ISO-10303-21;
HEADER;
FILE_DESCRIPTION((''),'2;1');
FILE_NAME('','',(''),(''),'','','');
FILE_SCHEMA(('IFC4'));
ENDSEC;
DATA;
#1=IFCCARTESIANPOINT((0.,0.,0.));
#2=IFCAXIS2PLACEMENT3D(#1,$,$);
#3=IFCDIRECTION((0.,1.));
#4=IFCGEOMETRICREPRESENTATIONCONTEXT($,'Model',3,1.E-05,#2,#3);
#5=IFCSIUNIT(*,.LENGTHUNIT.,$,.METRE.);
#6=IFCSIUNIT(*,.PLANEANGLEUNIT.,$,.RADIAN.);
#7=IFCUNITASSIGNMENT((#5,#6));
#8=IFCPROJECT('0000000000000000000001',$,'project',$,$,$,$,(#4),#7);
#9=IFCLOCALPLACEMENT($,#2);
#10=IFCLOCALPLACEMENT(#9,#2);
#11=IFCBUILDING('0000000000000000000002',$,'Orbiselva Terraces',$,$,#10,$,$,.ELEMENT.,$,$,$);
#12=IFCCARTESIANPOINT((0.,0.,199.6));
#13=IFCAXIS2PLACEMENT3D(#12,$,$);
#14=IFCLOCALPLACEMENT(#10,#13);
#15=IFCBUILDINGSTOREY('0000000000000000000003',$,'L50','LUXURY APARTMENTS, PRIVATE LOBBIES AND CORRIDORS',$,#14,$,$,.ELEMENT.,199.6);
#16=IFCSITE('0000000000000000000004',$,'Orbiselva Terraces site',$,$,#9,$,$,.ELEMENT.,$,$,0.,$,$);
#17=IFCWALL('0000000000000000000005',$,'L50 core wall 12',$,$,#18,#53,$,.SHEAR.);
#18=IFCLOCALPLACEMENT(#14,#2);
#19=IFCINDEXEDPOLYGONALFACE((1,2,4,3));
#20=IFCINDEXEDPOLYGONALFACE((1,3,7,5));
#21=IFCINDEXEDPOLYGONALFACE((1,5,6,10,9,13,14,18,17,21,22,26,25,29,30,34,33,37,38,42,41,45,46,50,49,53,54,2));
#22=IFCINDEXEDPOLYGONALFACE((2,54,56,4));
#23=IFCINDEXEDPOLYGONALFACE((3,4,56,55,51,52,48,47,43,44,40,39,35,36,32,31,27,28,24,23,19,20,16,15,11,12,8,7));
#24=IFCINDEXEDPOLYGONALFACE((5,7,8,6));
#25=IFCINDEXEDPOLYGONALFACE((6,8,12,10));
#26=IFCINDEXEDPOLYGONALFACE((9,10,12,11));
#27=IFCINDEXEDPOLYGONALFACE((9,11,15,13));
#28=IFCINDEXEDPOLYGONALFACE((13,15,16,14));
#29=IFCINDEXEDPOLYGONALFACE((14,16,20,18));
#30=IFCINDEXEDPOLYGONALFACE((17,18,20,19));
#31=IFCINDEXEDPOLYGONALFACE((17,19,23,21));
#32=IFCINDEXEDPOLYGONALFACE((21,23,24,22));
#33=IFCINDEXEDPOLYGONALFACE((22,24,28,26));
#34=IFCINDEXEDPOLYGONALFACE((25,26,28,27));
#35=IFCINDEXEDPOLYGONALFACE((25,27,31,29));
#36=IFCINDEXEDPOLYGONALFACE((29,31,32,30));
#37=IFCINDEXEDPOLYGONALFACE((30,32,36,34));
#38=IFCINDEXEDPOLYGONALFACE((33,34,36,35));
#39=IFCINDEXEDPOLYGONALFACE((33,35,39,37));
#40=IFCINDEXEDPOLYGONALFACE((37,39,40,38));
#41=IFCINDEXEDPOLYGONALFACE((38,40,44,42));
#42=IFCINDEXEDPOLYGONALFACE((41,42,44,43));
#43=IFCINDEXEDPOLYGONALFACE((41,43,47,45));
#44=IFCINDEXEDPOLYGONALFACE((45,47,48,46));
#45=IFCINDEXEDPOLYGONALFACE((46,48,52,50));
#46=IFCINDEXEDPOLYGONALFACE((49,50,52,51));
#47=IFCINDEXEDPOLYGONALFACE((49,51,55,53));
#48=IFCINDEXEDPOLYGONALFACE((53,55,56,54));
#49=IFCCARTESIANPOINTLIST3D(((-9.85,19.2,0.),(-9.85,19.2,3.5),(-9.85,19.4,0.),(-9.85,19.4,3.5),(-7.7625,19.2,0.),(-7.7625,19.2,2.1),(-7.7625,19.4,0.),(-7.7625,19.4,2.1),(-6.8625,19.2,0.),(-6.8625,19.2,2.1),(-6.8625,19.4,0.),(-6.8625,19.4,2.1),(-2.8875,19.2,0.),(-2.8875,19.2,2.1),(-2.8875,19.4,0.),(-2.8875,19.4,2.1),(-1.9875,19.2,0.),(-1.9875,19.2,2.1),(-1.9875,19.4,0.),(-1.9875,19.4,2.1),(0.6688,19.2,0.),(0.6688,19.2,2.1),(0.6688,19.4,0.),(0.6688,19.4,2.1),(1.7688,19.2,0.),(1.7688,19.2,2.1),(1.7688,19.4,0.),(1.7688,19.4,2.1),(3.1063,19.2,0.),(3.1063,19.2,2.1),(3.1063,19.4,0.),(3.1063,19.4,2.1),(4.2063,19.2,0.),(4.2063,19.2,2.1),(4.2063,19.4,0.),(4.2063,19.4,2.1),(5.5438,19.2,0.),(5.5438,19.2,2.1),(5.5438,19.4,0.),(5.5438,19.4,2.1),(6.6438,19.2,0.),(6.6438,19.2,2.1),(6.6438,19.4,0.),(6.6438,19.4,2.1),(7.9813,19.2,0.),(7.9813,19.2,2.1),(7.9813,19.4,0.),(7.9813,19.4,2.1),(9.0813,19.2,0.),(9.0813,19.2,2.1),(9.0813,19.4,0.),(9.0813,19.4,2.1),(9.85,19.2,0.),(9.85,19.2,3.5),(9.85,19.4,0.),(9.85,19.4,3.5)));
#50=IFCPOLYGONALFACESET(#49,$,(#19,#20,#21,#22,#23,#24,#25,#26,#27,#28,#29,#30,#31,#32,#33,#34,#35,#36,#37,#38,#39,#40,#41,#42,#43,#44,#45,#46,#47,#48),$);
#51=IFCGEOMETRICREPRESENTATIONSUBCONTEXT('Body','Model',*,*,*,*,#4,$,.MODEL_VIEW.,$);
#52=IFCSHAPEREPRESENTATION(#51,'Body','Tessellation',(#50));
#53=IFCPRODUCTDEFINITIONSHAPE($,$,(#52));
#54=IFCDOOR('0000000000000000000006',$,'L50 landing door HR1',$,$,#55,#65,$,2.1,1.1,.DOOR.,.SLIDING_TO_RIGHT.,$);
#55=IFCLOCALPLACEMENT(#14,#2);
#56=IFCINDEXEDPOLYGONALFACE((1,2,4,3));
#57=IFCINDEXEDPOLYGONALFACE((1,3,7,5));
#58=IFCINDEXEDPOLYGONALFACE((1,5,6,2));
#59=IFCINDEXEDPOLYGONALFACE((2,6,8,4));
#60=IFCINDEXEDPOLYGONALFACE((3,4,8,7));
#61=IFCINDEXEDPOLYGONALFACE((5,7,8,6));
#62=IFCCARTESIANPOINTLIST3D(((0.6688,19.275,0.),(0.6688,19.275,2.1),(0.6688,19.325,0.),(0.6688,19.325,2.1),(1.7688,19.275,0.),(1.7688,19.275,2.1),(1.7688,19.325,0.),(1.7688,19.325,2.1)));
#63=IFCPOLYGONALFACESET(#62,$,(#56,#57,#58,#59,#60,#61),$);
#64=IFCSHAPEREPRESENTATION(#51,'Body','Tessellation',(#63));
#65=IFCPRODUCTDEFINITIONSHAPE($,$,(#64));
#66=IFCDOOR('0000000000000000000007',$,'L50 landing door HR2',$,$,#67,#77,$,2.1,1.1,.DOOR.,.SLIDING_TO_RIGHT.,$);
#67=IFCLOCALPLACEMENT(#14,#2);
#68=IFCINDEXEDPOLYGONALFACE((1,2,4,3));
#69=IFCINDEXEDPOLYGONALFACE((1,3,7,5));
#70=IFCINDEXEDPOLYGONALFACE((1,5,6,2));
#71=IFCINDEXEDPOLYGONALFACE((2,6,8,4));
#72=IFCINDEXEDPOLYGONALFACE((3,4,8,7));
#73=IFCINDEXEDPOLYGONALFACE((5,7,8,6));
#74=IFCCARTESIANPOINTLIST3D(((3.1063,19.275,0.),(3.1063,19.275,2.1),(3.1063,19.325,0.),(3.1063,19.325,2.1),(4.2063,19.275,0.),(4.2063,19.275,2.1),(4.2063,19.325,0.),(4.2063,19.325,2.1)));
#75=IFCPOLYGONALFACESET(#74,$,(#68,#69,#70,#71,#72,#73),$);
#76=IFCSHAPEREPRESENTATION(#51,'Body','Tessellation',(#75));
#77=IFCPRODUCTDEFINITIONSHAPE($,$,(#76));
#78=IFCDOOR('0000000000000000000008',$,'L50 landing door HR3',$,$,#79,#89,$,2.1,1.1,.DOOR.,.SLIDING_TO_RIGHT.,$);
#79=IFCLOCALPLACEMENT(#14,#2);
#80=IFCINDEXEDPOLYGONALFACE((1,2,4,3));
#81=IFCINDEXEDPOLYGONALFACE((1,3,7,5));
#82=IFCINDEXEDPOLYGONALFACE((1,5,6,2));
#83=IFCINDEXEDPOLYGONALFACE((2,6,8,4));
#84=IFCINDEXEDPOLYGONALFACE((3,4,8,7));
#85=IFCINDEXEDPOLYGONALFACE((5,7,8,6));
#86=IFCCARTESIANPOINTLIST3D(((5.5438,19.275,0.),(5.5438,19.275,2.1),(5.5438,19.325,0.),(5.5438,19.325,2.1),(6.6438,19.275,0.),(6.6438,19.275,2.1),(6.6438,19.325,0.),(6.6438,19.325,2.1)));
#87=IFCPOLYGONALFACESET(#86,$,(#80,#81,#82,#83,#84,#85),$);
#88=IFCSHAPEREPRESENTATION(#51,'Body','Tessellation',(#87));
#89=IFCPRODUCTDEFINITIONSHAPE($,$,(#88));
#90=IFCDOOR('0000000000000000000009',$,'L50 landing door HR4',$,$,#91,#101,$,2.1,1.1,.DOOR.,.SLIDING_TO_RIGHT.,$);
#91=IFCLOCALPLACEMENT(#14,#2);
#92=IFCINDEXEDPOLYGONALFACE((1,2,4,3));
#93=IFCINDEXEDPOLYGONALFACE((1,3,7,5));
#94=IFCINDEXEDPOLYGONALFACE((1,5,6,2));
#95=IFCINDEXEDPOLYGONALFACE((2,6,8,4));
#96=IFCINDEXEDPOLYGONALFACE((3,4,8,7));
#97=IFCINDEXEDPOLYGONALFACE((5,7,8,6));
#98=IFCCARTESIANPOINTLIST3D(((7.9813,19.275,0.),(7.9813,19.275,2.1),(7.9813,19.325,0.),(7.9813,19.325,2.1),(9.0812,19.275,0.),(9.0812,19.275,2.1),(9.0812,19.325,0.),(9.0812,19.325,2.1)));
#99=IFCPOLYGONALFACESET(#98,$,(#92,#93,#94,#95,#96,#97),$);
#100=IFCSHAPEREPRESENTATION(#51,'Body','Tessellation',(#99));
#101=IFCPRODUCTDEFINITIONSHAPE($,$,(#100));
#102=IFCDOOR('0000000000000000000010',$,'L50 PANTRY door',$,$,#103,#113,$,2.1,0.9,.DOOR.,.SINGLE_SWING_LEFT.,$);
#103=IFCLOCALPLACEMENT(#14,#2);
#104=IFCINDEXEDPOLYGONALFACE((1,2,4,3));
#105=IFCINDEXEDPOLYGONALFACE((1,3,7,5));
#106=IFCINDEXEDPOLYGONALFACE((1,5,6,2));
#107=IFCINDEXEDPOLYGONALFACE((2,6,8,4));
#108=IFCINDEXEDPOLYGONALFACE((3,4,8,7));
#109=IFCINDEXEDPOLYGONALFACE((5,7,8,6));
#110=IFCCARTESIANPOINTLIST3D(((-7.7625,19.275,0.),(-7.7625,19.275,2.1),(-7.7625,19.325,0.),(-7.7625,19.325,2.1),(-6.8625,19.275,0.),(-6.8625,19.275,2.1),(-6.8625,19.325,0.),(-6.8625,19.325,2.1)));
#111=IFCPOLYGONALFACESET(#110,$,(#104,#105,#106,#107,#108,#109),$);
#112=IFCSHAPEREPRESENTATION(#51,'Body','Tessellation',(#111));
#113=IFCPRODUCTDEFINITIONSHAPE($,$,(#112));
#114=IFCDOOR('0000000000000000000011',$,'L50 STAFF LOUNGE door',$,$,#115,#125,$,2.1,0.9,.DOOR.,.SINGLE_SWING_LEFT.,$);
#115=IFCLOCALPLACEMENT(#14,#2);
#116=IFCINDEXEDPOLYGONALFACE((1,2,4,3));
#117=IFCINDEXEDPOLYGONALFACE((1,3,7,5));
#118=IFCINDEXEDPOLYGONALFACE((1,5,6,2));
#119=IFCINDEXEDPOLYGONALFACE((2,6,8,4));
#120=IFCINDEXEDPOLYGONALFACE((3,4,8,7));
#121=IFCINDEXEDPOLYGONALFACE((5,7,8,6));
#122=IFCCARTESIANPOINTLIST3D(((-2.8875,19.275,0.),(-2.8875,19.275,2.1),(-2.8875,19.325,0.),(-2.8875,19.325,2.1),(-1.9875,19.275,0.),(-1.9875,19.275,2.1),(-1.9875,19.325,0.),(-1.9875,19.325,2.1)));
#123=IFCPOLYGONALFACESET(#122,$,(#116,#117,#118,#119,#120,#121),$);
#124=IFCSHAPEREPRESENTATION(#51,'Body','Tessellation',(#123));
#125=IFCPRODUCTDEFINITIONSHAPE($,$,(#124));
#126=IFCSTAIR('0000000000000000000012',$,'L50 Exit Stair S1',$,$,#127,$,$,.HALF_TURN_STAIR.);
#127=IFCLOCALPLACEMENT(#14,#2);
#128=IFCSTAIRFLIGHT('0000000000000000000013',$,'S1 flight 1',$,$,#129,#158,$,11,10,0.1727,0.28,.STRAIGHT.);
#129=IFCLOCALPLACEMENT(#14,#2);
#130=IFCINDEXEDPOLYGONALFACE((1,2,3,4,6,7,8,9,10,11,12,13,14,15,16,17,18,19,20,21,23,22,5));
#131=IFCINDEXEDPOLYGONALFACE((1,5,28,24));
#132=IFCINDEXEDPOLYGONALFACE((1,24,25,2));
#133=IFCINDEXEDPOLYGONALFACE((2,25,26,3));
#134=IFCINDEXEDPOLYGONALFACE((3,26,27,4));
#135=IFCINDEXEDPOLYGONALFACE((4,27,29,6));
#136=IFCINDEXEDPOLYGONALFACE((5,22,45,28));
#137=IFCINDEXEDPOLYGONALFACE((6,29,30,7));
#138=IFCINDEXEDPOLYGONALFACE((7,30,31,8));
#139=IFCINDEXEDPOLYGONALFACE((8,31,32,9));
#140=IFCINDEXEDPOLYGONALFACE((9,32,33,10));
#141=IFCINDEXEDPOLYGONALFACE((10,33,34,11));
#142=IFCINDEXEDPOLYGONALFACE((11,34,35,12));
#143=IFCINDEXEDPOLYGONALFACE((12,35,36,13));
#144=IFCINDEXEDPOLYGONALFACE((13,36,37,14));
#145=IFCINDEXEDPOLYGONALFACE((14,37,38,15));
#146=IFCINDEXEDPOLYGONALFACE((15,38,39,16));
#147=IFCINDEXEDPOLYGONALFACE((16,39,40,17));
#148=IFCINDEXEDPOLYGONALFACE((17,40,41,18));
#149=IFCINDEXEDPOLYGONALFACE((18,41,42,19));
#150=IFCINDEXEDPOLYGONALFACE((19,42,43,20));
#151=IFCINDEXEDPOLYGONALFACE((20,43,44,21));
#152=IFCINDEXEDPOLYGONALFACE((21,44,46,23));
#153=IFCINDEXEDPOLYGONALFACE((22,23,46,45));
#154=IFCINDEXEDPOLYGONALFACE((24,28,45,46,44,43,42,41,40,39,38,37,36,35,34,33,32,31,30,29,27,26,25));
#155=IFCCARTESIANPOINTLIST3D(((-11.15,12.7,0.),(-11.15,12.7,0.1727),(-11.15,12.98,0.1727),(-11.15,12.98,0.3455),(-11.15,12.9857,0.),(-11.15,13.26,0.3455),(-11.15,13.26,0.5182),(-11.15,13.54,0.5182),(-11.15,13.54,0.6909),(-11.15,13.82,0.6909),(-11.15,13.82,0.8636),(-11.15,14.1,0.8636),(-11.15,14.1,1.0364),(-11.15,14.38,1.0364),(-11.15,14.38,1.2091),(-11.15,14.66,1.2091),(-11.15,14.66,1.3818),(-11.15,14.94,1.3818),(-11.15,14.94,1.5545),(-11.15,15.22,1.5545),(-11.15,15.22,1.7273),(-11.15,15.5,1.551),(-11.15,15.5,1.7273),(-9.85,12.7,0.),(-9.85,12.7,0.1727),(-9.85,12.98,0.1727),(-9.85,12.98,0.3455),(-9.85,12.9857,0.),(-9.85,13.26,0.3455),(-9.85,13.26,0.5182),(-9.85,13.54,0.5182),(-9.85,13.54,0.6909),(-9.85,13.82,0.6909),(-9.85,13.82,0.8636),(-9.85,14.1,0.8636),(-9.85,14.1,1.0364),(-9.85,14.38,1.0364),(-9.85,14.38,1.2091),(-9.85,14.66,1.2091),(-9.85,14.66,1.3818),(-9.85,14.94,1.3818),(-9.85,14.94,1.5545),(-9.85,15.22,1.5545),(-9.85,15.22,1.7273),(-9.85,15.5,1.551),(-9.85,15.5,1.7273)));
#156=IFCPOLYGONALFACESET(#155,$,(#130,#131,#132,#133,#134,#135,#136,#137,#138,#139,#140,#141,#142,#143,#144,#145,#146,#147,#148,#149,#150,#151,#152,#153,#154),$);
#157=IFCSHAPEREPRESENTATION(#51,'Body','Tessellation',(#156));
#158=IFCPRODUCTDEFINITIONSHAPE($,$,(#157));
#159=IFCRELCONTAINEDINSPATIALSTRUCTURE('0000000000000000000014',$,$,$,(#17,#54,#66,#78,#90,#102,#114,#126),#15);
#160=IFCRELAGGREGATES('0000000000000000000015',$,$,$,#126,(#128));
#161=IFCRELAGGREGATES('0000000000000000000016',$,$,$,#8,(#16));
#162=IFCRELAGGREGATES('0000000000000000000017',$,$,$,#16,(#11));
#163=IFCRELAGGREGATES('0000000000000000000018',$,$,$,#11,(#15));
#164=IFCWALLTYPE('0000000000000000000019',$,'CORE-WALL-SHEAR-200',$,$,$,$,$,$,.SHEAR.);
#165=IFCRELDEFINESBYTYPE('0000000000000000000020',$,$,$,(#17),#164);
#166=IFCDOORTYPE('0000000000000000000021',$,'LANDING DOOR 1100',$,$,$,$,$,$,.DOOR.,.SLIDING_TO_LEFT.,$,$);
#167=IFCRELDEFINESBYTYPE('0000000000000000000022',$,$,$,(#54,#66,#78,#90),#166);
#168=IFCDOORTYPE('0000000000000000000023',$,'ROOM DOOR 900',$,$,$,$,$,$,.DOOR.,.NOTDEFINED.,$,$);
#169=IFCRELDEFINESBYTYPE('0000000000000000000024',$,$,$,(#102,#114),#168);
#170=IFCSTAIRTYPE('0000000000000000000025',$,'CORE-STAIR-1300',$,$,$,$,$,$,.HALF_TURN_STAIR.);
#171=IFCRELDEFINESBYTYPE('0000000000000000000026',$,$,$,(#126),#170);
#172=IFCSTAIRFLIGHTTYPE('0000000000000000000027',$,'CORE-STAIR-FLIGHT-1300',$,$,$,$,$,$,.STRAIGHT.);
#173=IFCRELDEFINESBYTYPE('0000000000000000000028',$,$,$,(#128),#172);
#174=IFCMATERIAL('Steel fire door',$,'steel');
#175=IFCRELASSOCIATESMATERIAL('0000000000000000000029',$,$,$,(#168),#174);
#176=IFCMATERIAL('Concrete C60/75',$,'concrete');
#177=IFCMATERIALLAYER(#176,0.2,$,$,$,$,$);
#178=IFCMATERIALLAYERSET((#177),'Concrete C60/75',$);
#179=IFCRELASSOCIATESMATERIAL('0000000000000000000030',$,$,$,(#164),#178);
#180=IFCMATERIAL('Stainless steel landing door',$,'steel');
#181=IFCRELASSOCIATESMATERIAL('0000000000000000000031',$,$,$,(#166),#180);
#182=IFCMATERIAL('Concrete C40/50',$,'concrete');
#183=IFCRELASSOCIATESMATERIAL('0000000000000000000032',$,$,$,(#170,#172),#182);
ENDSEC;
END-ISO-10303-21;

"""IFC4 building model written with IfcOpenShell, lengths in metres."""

from ifc_helpers import new_model, si_unit, direction, frame, frame_2d, origin, place, context, subcontext, project, spatial, polyline, rectangle, outline, extrude, material, layer, layer_set, type_object, element, fill, aggregate, save


model = new_model("IFC4")

# Units and contexts
model_context = context("Model", 3, precision=1e-05, world=origin(), true_north=direction((0.0, 1.0)))
body_context = subcontext(model_context, "Body", "Model", "MODEL_VIEW")
ifc_project = project(units=[si_unit("LENGTHUNIT", "METRE"), si_unit("PLANEANGLEUNIT", "RADIAN")], contexts=[model_context])

# Site, building, storey
site_placement = place(None, origin())
site = spatial("IfcSite", under=ifc_project, at=site_placement, Name="Orbiselva Terraces site", CompositionType="ELEMENT", RefElevation=0.0)
building_placement = place(site_placement, origin())
building = spatial("IfcBuilding", under=site, at=building_placement, Name="Orbiselva Terraces", CompositionType="ELEMENT")
storey_placement = place(building_placement, frame((0.0, 0.0, 199.6)))
storey = spatial("IfcBuildingStorey", under=building, at=storey_placement, Name="L50", Description="LUXURY APARTMENTS, PRIVATE LOBBIES AND CORRIDORS", CompositionType="ELEMENT", Elevation=199.6)

# Shared definitions
ifc_material_1 = material(Name="Steel fire door", Category="steel")
door_type_1 = type_object("IfcDoorType", Name="ROOM DOOR 900", OperationType="NOTDEFINED", PredefinedType="DOOR", material=ifc_material_1)

# Shared definitions
ifc_material_2 = material(Name="Concrete C40/50", Category="concrete")
ifc_material_3 = material(Name="Concrete C60/75", Category="concrete")
ifc_layer_1 = layer(ifc_material_3, 0.2)
ifc_layer_set_1 = layer_set([ifc_layer_1], Name="Concrete C60/75")
wall_type_1 = type_object("IfcWallType", Name="CORE-WALL-SHEAR-200", PredefinedType="SHEAR", material=ifc_layer_set_1)

# Wall, openings, doors
wall_1_placement = place(storey_placement, frame((-9.85, 19.3, 0.0), z_axis=(0.0, 0.0, 1.0), x_axis=(1.0, 0.0, 0.0)))
wall_1 = element("IfcWall", 1, at=wall_1_placement, inside=storey, type_object=wall_type_1, Name="L50 core wall 12", PredefinedType="SHEAR", context=body_context, shape_type="SweptSolid", body=[
    extrude(rectangle(XDim=19.7, YDim=0.2, at=frame_2d((9.85, 0.0))), origin(), (0.0, 0.0, 1.0), 3.5),
])
opening_1_placement = place(wall_1_placement, frame((10.5188, 0.0, 0.0)))
opening_1 = element("IfcOpeningElement", 2, at=opening_1_placement, cuts=wall_1, PredefinedType="OPENING", context=body_context, shape_type="SweptSolid", body=[
    extrude(rectangle(XDim=1.1, YDim=2.1, at=frame_2d((0.55, 1.05))), frame((0.0, 0.11, 0.0), z_axis=(0.0, -1.0, 0.0), x_axis=(1.0, 0.0, 0.0)), (0.0, 0.0, 1.0), 0.22),
])
opening_2_placement = place(wall_1_placement, frame((12.9563, 0.0, 0.0)))
opening_2 = element("IfcOpeningElement", 3, at=opening_2_placement, cuts=wall_1, PredefinedType="OPENING", context=body_context, shape_type="SweptSolid", body=[
    extrude(rectangle(XDim=1.1, YDim=2.1, at=frame_2d((0.55, 1.05))), frame((0.0, 0.11, 0.0), z_axis=(0.0, -1.0, 0.0), x_axis=(1.0, 0.0, 0.0)), (0.0, 0.0, 1.0), 0.22),
])
opening_3_placement = place(wall_1_placement, frame((15.3938, 0.0, 0.0)))
opening_3 = element("IfcOpeningElement", 4, at=opening_3_placement, cuts=wall_1, PredefinedType="OPENING", context=body_context, shape_type="SweptSolid", body=[
    extrude(rectangle(XDim=1.1, YDim=2.1, at=frame_2d((0.55, 1.05))), frame((0.0, 0.11, 0.0), z_axis=(0.0, -1.0, 0.0), x_axis=(1.0, 0.0, 0.0)), (0.0, 0.0, 1.0), 0.22),
])
opening_4_placement = place(wall_1_placement, frame((17.8313, 0.0, 0.0)))
opening_4 = element("IfcOpeningElement", 5, at=opening_4_placement, cuts=wall_1, PredefinedType="OPENING", context=body_context, shape_type="SweptSolid", body=[
    extrude(rectangle(XDim=1.1, YDim=2.1, at=frame_2d((0.55, 1.05))), frame((0.0, 0.11, 0.0), z_axis=(0.0, -1.0, 0.0), x_axis=(1.0, 0.0, 0.0)), (0.0, 0.0, 1.0), 0.22),
])
opening_5_placement = place(wall_1_placement, frame((2.0875, 0.0, 0.0)))
opening_5 = element("IfcOpeningElement", 6, at=opening_5_placement, cuts=wall_1, PredefinedType="OPENING", context=body_context, shape_type="SweptSolid", body=[
    extrude(rectangle(XDim=0.9, YDim=2.1, at=frame_2d((0.45, 1.05))), frame((0.0, 0.11, 0.0), z_axis=(0.0, -1.0, 0.0), x_axis=(1.0, 0.0, 0.0)), (0.0, 0.0, 1.0), 0.22),
])
opening_6_placement = place(wall_1_placement, frame((6.9625, 0.0, 0.0)))
opening_6 = element("IfcOpeningElement", 7, at=opening_6_placement, cuts=wall_1, PredefinedType="OPENING", context=body_context, shape_type="SweptSolid", body=[
    extrude(rectangle(XDim=0.9, YDim=2.1, at=frame_2d((0.45, 1.05))), frame((0.0, 0.11, 0.0), z_axis=(0.0, -1.0, 0.0), x_axis=(1.0, 0.0, 0.0)), (0.0, 0.0, 1.0), 0.22),
])
ifc_material_4 = material(Name="Stainless steel landing door", Category="steel")
door_type_2 = type_object("IfcDoorType", Name="LANDING DOOR 1100", OperationType="SLIDING_TO_LEFT", PredefinedType="DOOR", material=ifc_material_4)
door_1_placement = place(opening_1_placement, origin())
door_1 = element("IfcDoor", 8, at=door_1_placement, inside=storey, type_object=door_type_2, Name="L50 landing door HR1", OperationType="SLIDING_TO_RIGHT", OverallHeight=2.1, OverallWidth=1.1, PredefinedType="DOOR", context=body_context, shape_type="SweptSolid", body=[
    extrude(rectangle(XDim=1.1, YDim=2.1, at=frame_2d((0.55, 1.05))), frame((0.0, 0.025, 0.0), z_axis=(0.0, -1.0, 0.0), x_axis=(1.0, 0.0, 0.0)), (0.0, 0.0, 1.0), 0.05),
])
fill(opening_1, door_1)
door_2_placement = place(opening_2_placement, origin())
door_2 = element("IfcDoor", 9, at=door_2_placement, inside=storey, type_object=door_type_2, Name="L50 landing door HR2", OperationType="SLIDING_TO_RIGHT", OverallHeight=2.1, OverallWidth=1.1, PredefinedType="DOOR", context=body_context, shape_type="SweptSolid", body=[
    extrude(rectangle(XDim=1.1, YDim=2.1, at=frame_2d((0.55, 1.05))), frame((0.0, 0.025, 0.0), z_axis=(0.0, -1.0, 0.0), x_axis=(1.0, 0.0, 0.0)), (0.0, 0.0, 1.0), 0.05),
])
fill(opening_2, door_2)
door_3_placement = place(opening_3_placement, origin())
door_3 = element("IfcDoor", 10, at=door_3_placement, inside=storey, type_object=door_type_2, Name="L50 landing door HR3", OperationType="SLIDING_TO_RIGHT", OverallHeight=2.1, OverallWidth=1.1, PredefinedType="DOOR", context=body_context, shape_type="SweptSolid", body=[
    extrude(rectangle(XDim=1.1, YDim=2.1, at=frame_2d((0.55, 1.05))), frame((0.0, 0.025, 0.0), z_axis=(0.0, -1.0, 0.0), x_axis=(1.0, 0.0, 0.0)), (0.0, 0.0, 1.0), 0.05),
])
fill(opening_3, door_3)
door_4_placement = place(opening_4_placement, origin())
door_4 = element("IfcDoor", 11, at=door_4_placement, inside=storey, type_object=door_type_2, Name="L50 landing door HR4", OperationType="SLIDING_TO_RIGHT", OverallHeight=2.1, OverallWidth=1.1, PredefinedType="DOOR", context=body_context, shape_type="SweptSolid", body=[
    extrude(rectangle(XDim=1.1, YDim=2.1, at=frame_2d((0.55, 1.05))), frame((0.0, 0.025, 0.0), z_axis=(0.0, -1.0, 0.0), x_axis=(1.0, 0.0, 0.0)), (0.0, 0.0, 1.0), 0.05),
])
fill(opening_4, door_4)
door_5_placement = place(opening_5_placement, origin())
door_5 = element("IfcDoor", 12, at=door_5_placement, inside=storey, type_object=door_type_1, Name="L50 PANTRY door", OperationType="SINGLE_SWING_LEFT", OverallHeight=2.1, OverallWidth=0.9, PredefinedType="DOOR", context=body_context, shape_type="SweptSolid", body=[
    extrude(rectangle(XDim=0.9, YDim=2.1, at=frame_2d((0.45, 1.05))), frame((0.0, 0.025, 0.0), z_axis=(0.0, -1.0, 0.0), x_axis=(1.0, 0.0, 0.0)), (0.0, 0.0, 1.0), 0.05),
])
fill(opening_5, door_5)
door_6_placement = place(opening_6_placement, origin())
door_6 = element("IfcDoor", 13, at=door_6_placement, inside=storey, type_object=door_type_1, Name="L50 STAFF LOUNGE door", OperationType="SINGLE_SWING_LEFT", OverallHeight=2.1, OverallWidth=0.9, PredefinedType="DOOR", context=body_context, shape_type="SweptSolid", body=[
    extrude(rectangle(XDim=0.9, YDim=2.1, at=frame_2d((0.45, 1.05))), frame((0.0, 0.025, 0.0), z_axis=(0.0, -1.0, 0.0), x_axis=(1.0, 0.0, 0.0)), (0.0, 0.0, 1.0), 0.05),
])
fill(opening_6, door_6)

# Stair, stair flight
stair_type = type_object("IfcStairType", Name="CORE-STAIR-1300", PredefinedType="HALF_TURN_STAIR", material=ifc_material_2)
stair_placement = place(storey_placement, origin())
stair = element("IfcStair", 14, at=stair_placement, inside=storey, type_object=stair_type, Name="L50 Exit Stair S1", PredefinedType="HALF_TURN_STAIR")
stair_flight_type = type_object("IfcStairFlightType", Name="CORE-STAIR-FLIGHT-1300", PredefinedType="STRAIGHT", material=ifc_material_2)
stair_flight_1_placement = place(storey_placement, frame((-10.5, 12.7, 0.0), z_axis=(0.0, 0.0, 1.0), x_axis=(0.0, 1.0, 0.0)))
stair_flight_1 = element("IfcStairFlight", 15, at=stair_flight_1_placement, type_object=stair_flight_type, Name="S1 flight 1", NumberOfRisers=11, NumberOfTreads=10, PredefinedType="STRAIGHT", RiserHeight=0.1727, TreadLength=0.28, context=body_context, shape_type="SweptSolid", body=[
    extrude(outline(polyline([(0.0, 0.0), (0.0, 0.1727), (0.28, 0.1727), (0.28, 0.3455), (0.56, 0.3455), (0.56, 0.5182), (0.84, 0.5182), (0.84, 0.6909), (1.12, 0.6909), (1.12, 0.8636), (1.4, 0.8636), (1.4, 1.0364), (1.68, 1.0364), (1.68, 1.2091), (1.96, 1.2091), (1.96, 1.3818), (2.24, 1.3818), (2.24, 1.5545), (2.52, 1.5545), (2.52, 1.7273), (2.8, 1.7273), (2.8, 1.9), (2.8, 1.551), (0.2857, 0.0), (0.0, 0.0)])), frame((0.0, 0.65, 0.0), z_axis=(0.0, -1.0, 0.0), x_axis=(1.0, 0.0, 0.0)), (0.0, 0.0, 1.0), 1.3),
])
aggregate(stair, [stair_flight_1])

save(model, "model.ifc")
